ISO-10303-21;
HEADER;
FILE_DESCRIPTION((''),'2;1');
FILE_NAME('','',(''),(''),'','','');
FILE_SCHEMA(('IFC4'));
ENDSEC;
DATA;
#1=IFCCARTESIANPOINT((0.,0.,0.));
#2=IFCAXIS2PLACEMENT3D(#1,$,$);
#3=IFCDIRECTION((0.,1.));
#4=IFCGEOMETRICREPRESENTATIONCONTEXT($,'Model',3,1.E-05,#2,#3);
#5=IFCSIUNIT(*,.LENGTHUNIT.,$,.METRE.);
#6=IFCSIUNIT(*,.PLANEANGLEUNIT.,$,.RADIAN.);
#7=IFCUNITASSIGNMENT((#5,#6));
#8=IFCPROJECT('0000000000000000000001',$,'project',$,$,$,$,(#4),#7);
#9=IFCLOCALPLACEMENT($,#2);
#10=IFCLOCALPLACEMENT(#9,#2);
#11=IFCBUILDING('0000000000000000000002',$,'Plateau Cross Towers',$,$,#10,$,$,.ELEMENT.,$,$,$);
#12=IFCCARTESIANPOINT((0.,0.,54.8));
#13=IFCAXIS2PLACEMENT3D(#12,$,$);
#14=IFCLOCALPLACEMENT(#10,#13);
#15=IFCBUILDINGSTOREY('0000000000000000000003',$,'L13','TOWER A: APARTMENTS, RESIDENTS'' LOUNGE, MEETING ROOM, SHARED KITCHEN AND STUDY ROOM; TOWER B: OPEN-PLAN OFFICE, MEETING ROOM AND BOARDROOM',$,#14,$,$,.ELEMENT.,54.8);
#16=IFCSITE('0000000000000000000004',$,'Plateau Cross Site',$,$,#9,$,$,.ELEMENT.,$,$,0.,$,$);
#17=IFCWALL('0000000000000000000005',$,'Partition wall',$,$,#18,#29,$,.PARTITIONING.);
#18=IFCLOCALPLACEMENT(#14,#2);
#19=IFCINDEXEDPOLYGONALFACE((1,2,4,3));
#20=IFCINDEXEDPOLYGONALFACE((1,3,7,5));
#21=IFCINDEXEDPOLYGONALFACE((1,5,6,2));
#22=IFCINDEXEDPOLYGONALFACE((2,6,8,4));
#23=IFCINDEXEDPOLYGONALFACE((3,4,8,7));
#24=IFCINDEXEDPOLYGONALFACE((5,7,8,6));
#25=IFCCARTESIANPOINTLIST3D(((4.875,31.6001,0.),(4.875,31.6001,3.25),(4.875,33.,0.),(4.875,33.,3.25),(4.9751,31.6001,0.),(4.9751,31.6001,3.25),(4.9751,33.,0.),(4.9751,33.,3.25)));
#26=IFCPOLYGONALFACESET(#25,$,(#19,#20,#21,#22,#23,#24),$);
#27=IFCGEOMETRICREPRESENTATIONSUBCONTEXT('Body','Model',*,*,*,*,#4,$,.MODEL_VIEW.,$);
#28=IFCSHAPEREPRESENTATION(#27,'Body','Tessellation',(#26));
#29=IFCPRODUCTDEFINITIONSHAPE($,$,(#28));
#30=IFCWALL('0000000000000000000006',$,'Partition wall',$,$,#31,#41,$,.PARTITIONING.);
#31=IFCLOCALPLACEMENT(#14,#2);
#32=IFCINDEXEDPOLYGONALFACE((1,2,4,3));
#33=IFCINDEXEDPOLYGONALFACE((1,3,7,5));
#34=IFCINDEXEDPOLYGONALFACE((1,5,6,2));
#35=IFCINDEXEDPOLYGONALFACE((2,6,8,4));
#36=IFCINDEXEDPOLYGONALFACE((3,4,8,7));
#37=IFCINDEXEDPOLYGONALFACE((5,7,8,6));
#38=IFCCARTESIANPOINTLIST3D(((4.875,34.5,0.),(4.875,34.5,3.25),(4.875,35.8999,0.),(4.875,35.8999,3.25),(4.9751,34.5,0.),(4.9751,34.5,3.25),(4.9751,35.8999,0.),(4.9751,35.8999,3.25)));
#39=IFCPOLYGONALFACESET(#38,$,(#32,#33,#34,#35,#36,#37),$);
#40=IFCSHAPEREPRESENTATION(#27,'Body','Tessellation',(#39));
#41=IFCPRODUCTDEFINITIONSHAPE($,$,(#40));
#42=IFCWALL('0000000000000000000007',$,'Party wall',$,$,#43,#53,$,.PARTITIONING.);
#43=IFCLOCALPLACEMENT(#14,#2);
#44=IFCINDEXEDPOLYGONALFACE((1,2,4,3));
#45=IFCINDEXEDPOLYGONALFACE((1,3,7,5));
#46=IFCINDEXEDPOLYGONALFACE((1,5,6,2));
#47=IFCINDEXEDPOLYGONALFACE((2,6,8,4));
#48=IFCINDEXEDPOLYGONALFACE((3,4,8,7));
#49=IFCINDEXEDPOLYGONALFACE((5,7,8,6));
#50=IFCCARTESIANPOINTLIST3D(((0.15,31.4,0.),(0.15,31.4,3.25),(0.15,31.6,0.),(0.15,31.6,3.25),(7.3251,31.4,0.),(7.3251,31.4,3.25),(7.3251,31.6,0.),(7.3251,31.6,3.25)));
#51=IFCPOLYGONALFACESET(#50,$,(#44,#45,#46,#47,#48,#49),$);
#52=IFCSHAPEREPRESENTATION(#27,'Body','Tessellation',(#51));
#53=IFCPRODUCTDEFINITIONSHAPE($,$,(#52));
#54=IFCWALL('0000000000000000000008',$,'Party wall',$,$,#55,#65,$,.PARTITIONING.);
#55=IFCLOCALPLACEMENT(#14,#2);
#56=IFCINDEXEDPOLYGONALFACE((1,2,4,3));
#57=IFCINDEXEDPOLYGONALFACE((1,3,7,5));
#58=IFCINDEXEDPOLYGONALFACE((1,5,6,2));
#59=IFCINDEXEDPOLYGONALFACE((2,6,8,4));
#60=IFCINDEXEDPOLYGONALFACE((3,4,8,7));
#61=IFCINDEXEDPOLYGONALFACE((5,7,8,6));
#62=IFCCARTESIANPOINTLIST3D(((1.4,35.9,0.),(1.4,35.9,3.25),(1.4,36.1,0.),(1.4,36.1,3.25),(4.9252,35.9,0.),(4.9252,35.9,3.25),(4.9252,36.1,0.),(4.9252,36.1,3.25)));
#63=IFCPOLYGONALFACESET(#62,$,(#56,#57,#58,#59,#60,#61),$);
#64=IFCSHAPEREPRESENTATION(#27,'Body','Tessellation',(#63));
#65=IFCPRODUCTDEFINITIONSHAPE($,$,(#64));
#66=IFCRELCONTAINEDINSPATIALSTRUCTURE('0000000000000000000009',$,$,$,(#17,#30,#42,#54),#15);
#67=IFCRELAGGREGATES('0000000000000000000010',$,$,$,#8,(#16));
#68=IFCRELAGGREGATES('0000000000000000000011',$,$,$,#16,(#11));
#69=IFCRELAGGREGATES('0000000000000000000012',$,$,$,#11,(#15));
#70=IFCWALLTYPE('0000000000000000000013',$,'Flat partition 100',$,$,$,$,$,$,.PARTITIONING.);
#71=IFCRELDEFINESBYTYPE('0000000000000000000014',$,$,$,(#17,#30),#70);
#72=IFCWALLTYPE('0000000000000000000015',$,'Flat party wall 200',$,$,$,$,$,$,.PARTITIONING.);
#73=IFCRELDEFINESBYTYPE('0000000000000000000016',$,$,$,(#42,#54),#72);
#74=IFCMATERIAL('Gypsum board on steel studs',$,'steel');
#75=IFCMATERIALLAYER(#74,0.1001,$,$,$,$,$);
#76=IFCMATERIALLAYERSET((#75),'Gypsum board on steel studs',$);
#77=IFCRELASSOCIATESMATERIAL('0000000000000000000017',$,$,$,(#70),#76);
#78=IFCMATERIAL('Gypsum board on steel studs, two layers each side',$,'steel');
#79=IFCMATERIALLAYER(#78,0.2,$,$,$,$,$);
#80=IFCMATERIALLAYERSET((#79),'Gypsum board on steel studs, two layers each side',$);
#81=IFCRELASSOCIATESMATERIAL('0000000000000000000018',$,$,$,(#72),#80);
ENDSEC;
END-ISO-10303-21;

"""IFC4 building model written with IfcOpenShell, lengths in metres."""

from ifc_helpers import new_model, si_unit, direction, frame, frame_2d, origin, place, context, subcontext, project, spatial, rectangle, extrude, material, layer, layer_set, type_object, element, save


model = new_model("IFC4")

# Units and contexts
model_context = context("Model", 3, precision=1e-05, world=origin(), true_north=direction((0.0, 1.0)))
body_context = subcontext(model_context, "Body", "Model", "MODEL_VIEW")
ifc_project = project(units=[si_unit("LENGTHUNIT", "METRE"), si_unit("PLANEANGLEUNIT", "RADIAN")], contexts=[model_context])

# Site, building, storey
site_placement = place(None, origin())
site = spatial("IfcSite", under=ifc_project, at=site_placement, Name="Plateau Cross Site", CompositionType="ELEMENT", RefElevation=0.0)
building_placement = place(site_placement, origin())
building = spatial("IfcBuilding", under=site, at=building_placement, Name="Plateau Cross Towers", CompositionType="ELEMENT")
storey_placement = place(building_placement, frame((0.0, 0.0, 54.8)))
storey = spatial("IfcBuildingStorey", under=building, at=storey_placement, Name="L13", Description="TOWER A: APARTMENTS, RESIDENTS' LOUNGE, MEETING ROOM, SHARED KITCHEN AND STUDY ROOM; TOWER B: OPEN-PLAN OFFICE, MEETING ROOM AND BOARDROOM", CompositionType="ELEMENT", Elevation=54.8)

# Shared definitions
ifc_material_1 = material(Name="Gypsum board on steel studs", Category="steel")
ifc_layer_1 = layer(ifc_material_1, 0.1001)
ifc_layer_set_1 = layer_set([ifc_layer_1], Name="Gypsum board on steel studs")
wall_type_1 = type_object("IfcWallType", Name="Flat partition 100", PredefinedType="PARTITIONING", material=ifc_layer_set_1)

# Walls
for number, where, z_axis, x_axis, name in (
    (1, (4.925, 33.0, 0.0), (0.0, 0.0, 1.0), (0.0, -1.0, 0.0), "Partition wall"),
    (2, (4.925, 35.8999, 0.0), (0.0, 0.0, 1.0), (0.0, -1.0, 0.0), "Partition wall"),
):
    element("IfcWall", number, at=place(storey_placement, frame(where, z_axis=z_axis, x_axis=x_axis)), inside=storey, type_object=wall_type_1, Name=name, PredefinedType="PARTITIONING", context=body_context, shape_type="SweptSolid", body=[
        extrude(rectangle(XDim=1.3999, YDim=0.1001, at=frame_2d((0.7, 0.0))), origin(), (0.0, 0.0, 1.0), 3.25),
    ])
ifc_material_2 = material(Name="Gypsum board on steel studs, two layers each side", Category="steel")
ifc_layer_2 = layer(ifc_material_2, 0.2)
ifc_layer_set_2 = layer_set([ifc_layer_2], Name="Gypsum board on steel studs, two layers each side")
wall_type_2 = type_object("IfcWallType", Name="Flat party wall 200", PredefinedType="PARTITIONING", material=ifc_layer_set_2)
wall_1_placement = place(storey_placement, frame((7.325, 31.5, 0.0), z_axis=(0.0, 0.0, 1.0), x_axis=(-1.0, 0.0, 0.0)))
element("IfcWall", 3, at=wall_1_placement, inside=storey, type_object=wall_type_2, Name="Party wall", PredefinedType="PARTITIONING", context=body_context, shape_type="SweptSolid", body=[
    extrude(rectangle(XDim=7.175, YDim=0.2, at=frame_2d((3.5874, 0.0))), origin(), (0.0, 0.0, 1.0), 3.25),
])
wall_2_placement = place(storey_placement, frame((1.3999, 36.0, 0.0), z_axis=(0.0, 0.0, 1.0), x_axis=(1.0, 0.0, 0.0)))
element("IfcWall", 4, at=wall_2_placement, inside=storey, type_object=wall_type_2, Name="Party wall", PredefinedType="PARTITIONING", context=body_context, shape_type="SweptSolid", body=[
    extrude(rectangle(XDim=3.5251, YDim=0.2, at=frame_2d((1.7627, 0.0))), origin(), (0.0, 0.0, 1.0), 3.25),
])

save(model, "model.ifc")
